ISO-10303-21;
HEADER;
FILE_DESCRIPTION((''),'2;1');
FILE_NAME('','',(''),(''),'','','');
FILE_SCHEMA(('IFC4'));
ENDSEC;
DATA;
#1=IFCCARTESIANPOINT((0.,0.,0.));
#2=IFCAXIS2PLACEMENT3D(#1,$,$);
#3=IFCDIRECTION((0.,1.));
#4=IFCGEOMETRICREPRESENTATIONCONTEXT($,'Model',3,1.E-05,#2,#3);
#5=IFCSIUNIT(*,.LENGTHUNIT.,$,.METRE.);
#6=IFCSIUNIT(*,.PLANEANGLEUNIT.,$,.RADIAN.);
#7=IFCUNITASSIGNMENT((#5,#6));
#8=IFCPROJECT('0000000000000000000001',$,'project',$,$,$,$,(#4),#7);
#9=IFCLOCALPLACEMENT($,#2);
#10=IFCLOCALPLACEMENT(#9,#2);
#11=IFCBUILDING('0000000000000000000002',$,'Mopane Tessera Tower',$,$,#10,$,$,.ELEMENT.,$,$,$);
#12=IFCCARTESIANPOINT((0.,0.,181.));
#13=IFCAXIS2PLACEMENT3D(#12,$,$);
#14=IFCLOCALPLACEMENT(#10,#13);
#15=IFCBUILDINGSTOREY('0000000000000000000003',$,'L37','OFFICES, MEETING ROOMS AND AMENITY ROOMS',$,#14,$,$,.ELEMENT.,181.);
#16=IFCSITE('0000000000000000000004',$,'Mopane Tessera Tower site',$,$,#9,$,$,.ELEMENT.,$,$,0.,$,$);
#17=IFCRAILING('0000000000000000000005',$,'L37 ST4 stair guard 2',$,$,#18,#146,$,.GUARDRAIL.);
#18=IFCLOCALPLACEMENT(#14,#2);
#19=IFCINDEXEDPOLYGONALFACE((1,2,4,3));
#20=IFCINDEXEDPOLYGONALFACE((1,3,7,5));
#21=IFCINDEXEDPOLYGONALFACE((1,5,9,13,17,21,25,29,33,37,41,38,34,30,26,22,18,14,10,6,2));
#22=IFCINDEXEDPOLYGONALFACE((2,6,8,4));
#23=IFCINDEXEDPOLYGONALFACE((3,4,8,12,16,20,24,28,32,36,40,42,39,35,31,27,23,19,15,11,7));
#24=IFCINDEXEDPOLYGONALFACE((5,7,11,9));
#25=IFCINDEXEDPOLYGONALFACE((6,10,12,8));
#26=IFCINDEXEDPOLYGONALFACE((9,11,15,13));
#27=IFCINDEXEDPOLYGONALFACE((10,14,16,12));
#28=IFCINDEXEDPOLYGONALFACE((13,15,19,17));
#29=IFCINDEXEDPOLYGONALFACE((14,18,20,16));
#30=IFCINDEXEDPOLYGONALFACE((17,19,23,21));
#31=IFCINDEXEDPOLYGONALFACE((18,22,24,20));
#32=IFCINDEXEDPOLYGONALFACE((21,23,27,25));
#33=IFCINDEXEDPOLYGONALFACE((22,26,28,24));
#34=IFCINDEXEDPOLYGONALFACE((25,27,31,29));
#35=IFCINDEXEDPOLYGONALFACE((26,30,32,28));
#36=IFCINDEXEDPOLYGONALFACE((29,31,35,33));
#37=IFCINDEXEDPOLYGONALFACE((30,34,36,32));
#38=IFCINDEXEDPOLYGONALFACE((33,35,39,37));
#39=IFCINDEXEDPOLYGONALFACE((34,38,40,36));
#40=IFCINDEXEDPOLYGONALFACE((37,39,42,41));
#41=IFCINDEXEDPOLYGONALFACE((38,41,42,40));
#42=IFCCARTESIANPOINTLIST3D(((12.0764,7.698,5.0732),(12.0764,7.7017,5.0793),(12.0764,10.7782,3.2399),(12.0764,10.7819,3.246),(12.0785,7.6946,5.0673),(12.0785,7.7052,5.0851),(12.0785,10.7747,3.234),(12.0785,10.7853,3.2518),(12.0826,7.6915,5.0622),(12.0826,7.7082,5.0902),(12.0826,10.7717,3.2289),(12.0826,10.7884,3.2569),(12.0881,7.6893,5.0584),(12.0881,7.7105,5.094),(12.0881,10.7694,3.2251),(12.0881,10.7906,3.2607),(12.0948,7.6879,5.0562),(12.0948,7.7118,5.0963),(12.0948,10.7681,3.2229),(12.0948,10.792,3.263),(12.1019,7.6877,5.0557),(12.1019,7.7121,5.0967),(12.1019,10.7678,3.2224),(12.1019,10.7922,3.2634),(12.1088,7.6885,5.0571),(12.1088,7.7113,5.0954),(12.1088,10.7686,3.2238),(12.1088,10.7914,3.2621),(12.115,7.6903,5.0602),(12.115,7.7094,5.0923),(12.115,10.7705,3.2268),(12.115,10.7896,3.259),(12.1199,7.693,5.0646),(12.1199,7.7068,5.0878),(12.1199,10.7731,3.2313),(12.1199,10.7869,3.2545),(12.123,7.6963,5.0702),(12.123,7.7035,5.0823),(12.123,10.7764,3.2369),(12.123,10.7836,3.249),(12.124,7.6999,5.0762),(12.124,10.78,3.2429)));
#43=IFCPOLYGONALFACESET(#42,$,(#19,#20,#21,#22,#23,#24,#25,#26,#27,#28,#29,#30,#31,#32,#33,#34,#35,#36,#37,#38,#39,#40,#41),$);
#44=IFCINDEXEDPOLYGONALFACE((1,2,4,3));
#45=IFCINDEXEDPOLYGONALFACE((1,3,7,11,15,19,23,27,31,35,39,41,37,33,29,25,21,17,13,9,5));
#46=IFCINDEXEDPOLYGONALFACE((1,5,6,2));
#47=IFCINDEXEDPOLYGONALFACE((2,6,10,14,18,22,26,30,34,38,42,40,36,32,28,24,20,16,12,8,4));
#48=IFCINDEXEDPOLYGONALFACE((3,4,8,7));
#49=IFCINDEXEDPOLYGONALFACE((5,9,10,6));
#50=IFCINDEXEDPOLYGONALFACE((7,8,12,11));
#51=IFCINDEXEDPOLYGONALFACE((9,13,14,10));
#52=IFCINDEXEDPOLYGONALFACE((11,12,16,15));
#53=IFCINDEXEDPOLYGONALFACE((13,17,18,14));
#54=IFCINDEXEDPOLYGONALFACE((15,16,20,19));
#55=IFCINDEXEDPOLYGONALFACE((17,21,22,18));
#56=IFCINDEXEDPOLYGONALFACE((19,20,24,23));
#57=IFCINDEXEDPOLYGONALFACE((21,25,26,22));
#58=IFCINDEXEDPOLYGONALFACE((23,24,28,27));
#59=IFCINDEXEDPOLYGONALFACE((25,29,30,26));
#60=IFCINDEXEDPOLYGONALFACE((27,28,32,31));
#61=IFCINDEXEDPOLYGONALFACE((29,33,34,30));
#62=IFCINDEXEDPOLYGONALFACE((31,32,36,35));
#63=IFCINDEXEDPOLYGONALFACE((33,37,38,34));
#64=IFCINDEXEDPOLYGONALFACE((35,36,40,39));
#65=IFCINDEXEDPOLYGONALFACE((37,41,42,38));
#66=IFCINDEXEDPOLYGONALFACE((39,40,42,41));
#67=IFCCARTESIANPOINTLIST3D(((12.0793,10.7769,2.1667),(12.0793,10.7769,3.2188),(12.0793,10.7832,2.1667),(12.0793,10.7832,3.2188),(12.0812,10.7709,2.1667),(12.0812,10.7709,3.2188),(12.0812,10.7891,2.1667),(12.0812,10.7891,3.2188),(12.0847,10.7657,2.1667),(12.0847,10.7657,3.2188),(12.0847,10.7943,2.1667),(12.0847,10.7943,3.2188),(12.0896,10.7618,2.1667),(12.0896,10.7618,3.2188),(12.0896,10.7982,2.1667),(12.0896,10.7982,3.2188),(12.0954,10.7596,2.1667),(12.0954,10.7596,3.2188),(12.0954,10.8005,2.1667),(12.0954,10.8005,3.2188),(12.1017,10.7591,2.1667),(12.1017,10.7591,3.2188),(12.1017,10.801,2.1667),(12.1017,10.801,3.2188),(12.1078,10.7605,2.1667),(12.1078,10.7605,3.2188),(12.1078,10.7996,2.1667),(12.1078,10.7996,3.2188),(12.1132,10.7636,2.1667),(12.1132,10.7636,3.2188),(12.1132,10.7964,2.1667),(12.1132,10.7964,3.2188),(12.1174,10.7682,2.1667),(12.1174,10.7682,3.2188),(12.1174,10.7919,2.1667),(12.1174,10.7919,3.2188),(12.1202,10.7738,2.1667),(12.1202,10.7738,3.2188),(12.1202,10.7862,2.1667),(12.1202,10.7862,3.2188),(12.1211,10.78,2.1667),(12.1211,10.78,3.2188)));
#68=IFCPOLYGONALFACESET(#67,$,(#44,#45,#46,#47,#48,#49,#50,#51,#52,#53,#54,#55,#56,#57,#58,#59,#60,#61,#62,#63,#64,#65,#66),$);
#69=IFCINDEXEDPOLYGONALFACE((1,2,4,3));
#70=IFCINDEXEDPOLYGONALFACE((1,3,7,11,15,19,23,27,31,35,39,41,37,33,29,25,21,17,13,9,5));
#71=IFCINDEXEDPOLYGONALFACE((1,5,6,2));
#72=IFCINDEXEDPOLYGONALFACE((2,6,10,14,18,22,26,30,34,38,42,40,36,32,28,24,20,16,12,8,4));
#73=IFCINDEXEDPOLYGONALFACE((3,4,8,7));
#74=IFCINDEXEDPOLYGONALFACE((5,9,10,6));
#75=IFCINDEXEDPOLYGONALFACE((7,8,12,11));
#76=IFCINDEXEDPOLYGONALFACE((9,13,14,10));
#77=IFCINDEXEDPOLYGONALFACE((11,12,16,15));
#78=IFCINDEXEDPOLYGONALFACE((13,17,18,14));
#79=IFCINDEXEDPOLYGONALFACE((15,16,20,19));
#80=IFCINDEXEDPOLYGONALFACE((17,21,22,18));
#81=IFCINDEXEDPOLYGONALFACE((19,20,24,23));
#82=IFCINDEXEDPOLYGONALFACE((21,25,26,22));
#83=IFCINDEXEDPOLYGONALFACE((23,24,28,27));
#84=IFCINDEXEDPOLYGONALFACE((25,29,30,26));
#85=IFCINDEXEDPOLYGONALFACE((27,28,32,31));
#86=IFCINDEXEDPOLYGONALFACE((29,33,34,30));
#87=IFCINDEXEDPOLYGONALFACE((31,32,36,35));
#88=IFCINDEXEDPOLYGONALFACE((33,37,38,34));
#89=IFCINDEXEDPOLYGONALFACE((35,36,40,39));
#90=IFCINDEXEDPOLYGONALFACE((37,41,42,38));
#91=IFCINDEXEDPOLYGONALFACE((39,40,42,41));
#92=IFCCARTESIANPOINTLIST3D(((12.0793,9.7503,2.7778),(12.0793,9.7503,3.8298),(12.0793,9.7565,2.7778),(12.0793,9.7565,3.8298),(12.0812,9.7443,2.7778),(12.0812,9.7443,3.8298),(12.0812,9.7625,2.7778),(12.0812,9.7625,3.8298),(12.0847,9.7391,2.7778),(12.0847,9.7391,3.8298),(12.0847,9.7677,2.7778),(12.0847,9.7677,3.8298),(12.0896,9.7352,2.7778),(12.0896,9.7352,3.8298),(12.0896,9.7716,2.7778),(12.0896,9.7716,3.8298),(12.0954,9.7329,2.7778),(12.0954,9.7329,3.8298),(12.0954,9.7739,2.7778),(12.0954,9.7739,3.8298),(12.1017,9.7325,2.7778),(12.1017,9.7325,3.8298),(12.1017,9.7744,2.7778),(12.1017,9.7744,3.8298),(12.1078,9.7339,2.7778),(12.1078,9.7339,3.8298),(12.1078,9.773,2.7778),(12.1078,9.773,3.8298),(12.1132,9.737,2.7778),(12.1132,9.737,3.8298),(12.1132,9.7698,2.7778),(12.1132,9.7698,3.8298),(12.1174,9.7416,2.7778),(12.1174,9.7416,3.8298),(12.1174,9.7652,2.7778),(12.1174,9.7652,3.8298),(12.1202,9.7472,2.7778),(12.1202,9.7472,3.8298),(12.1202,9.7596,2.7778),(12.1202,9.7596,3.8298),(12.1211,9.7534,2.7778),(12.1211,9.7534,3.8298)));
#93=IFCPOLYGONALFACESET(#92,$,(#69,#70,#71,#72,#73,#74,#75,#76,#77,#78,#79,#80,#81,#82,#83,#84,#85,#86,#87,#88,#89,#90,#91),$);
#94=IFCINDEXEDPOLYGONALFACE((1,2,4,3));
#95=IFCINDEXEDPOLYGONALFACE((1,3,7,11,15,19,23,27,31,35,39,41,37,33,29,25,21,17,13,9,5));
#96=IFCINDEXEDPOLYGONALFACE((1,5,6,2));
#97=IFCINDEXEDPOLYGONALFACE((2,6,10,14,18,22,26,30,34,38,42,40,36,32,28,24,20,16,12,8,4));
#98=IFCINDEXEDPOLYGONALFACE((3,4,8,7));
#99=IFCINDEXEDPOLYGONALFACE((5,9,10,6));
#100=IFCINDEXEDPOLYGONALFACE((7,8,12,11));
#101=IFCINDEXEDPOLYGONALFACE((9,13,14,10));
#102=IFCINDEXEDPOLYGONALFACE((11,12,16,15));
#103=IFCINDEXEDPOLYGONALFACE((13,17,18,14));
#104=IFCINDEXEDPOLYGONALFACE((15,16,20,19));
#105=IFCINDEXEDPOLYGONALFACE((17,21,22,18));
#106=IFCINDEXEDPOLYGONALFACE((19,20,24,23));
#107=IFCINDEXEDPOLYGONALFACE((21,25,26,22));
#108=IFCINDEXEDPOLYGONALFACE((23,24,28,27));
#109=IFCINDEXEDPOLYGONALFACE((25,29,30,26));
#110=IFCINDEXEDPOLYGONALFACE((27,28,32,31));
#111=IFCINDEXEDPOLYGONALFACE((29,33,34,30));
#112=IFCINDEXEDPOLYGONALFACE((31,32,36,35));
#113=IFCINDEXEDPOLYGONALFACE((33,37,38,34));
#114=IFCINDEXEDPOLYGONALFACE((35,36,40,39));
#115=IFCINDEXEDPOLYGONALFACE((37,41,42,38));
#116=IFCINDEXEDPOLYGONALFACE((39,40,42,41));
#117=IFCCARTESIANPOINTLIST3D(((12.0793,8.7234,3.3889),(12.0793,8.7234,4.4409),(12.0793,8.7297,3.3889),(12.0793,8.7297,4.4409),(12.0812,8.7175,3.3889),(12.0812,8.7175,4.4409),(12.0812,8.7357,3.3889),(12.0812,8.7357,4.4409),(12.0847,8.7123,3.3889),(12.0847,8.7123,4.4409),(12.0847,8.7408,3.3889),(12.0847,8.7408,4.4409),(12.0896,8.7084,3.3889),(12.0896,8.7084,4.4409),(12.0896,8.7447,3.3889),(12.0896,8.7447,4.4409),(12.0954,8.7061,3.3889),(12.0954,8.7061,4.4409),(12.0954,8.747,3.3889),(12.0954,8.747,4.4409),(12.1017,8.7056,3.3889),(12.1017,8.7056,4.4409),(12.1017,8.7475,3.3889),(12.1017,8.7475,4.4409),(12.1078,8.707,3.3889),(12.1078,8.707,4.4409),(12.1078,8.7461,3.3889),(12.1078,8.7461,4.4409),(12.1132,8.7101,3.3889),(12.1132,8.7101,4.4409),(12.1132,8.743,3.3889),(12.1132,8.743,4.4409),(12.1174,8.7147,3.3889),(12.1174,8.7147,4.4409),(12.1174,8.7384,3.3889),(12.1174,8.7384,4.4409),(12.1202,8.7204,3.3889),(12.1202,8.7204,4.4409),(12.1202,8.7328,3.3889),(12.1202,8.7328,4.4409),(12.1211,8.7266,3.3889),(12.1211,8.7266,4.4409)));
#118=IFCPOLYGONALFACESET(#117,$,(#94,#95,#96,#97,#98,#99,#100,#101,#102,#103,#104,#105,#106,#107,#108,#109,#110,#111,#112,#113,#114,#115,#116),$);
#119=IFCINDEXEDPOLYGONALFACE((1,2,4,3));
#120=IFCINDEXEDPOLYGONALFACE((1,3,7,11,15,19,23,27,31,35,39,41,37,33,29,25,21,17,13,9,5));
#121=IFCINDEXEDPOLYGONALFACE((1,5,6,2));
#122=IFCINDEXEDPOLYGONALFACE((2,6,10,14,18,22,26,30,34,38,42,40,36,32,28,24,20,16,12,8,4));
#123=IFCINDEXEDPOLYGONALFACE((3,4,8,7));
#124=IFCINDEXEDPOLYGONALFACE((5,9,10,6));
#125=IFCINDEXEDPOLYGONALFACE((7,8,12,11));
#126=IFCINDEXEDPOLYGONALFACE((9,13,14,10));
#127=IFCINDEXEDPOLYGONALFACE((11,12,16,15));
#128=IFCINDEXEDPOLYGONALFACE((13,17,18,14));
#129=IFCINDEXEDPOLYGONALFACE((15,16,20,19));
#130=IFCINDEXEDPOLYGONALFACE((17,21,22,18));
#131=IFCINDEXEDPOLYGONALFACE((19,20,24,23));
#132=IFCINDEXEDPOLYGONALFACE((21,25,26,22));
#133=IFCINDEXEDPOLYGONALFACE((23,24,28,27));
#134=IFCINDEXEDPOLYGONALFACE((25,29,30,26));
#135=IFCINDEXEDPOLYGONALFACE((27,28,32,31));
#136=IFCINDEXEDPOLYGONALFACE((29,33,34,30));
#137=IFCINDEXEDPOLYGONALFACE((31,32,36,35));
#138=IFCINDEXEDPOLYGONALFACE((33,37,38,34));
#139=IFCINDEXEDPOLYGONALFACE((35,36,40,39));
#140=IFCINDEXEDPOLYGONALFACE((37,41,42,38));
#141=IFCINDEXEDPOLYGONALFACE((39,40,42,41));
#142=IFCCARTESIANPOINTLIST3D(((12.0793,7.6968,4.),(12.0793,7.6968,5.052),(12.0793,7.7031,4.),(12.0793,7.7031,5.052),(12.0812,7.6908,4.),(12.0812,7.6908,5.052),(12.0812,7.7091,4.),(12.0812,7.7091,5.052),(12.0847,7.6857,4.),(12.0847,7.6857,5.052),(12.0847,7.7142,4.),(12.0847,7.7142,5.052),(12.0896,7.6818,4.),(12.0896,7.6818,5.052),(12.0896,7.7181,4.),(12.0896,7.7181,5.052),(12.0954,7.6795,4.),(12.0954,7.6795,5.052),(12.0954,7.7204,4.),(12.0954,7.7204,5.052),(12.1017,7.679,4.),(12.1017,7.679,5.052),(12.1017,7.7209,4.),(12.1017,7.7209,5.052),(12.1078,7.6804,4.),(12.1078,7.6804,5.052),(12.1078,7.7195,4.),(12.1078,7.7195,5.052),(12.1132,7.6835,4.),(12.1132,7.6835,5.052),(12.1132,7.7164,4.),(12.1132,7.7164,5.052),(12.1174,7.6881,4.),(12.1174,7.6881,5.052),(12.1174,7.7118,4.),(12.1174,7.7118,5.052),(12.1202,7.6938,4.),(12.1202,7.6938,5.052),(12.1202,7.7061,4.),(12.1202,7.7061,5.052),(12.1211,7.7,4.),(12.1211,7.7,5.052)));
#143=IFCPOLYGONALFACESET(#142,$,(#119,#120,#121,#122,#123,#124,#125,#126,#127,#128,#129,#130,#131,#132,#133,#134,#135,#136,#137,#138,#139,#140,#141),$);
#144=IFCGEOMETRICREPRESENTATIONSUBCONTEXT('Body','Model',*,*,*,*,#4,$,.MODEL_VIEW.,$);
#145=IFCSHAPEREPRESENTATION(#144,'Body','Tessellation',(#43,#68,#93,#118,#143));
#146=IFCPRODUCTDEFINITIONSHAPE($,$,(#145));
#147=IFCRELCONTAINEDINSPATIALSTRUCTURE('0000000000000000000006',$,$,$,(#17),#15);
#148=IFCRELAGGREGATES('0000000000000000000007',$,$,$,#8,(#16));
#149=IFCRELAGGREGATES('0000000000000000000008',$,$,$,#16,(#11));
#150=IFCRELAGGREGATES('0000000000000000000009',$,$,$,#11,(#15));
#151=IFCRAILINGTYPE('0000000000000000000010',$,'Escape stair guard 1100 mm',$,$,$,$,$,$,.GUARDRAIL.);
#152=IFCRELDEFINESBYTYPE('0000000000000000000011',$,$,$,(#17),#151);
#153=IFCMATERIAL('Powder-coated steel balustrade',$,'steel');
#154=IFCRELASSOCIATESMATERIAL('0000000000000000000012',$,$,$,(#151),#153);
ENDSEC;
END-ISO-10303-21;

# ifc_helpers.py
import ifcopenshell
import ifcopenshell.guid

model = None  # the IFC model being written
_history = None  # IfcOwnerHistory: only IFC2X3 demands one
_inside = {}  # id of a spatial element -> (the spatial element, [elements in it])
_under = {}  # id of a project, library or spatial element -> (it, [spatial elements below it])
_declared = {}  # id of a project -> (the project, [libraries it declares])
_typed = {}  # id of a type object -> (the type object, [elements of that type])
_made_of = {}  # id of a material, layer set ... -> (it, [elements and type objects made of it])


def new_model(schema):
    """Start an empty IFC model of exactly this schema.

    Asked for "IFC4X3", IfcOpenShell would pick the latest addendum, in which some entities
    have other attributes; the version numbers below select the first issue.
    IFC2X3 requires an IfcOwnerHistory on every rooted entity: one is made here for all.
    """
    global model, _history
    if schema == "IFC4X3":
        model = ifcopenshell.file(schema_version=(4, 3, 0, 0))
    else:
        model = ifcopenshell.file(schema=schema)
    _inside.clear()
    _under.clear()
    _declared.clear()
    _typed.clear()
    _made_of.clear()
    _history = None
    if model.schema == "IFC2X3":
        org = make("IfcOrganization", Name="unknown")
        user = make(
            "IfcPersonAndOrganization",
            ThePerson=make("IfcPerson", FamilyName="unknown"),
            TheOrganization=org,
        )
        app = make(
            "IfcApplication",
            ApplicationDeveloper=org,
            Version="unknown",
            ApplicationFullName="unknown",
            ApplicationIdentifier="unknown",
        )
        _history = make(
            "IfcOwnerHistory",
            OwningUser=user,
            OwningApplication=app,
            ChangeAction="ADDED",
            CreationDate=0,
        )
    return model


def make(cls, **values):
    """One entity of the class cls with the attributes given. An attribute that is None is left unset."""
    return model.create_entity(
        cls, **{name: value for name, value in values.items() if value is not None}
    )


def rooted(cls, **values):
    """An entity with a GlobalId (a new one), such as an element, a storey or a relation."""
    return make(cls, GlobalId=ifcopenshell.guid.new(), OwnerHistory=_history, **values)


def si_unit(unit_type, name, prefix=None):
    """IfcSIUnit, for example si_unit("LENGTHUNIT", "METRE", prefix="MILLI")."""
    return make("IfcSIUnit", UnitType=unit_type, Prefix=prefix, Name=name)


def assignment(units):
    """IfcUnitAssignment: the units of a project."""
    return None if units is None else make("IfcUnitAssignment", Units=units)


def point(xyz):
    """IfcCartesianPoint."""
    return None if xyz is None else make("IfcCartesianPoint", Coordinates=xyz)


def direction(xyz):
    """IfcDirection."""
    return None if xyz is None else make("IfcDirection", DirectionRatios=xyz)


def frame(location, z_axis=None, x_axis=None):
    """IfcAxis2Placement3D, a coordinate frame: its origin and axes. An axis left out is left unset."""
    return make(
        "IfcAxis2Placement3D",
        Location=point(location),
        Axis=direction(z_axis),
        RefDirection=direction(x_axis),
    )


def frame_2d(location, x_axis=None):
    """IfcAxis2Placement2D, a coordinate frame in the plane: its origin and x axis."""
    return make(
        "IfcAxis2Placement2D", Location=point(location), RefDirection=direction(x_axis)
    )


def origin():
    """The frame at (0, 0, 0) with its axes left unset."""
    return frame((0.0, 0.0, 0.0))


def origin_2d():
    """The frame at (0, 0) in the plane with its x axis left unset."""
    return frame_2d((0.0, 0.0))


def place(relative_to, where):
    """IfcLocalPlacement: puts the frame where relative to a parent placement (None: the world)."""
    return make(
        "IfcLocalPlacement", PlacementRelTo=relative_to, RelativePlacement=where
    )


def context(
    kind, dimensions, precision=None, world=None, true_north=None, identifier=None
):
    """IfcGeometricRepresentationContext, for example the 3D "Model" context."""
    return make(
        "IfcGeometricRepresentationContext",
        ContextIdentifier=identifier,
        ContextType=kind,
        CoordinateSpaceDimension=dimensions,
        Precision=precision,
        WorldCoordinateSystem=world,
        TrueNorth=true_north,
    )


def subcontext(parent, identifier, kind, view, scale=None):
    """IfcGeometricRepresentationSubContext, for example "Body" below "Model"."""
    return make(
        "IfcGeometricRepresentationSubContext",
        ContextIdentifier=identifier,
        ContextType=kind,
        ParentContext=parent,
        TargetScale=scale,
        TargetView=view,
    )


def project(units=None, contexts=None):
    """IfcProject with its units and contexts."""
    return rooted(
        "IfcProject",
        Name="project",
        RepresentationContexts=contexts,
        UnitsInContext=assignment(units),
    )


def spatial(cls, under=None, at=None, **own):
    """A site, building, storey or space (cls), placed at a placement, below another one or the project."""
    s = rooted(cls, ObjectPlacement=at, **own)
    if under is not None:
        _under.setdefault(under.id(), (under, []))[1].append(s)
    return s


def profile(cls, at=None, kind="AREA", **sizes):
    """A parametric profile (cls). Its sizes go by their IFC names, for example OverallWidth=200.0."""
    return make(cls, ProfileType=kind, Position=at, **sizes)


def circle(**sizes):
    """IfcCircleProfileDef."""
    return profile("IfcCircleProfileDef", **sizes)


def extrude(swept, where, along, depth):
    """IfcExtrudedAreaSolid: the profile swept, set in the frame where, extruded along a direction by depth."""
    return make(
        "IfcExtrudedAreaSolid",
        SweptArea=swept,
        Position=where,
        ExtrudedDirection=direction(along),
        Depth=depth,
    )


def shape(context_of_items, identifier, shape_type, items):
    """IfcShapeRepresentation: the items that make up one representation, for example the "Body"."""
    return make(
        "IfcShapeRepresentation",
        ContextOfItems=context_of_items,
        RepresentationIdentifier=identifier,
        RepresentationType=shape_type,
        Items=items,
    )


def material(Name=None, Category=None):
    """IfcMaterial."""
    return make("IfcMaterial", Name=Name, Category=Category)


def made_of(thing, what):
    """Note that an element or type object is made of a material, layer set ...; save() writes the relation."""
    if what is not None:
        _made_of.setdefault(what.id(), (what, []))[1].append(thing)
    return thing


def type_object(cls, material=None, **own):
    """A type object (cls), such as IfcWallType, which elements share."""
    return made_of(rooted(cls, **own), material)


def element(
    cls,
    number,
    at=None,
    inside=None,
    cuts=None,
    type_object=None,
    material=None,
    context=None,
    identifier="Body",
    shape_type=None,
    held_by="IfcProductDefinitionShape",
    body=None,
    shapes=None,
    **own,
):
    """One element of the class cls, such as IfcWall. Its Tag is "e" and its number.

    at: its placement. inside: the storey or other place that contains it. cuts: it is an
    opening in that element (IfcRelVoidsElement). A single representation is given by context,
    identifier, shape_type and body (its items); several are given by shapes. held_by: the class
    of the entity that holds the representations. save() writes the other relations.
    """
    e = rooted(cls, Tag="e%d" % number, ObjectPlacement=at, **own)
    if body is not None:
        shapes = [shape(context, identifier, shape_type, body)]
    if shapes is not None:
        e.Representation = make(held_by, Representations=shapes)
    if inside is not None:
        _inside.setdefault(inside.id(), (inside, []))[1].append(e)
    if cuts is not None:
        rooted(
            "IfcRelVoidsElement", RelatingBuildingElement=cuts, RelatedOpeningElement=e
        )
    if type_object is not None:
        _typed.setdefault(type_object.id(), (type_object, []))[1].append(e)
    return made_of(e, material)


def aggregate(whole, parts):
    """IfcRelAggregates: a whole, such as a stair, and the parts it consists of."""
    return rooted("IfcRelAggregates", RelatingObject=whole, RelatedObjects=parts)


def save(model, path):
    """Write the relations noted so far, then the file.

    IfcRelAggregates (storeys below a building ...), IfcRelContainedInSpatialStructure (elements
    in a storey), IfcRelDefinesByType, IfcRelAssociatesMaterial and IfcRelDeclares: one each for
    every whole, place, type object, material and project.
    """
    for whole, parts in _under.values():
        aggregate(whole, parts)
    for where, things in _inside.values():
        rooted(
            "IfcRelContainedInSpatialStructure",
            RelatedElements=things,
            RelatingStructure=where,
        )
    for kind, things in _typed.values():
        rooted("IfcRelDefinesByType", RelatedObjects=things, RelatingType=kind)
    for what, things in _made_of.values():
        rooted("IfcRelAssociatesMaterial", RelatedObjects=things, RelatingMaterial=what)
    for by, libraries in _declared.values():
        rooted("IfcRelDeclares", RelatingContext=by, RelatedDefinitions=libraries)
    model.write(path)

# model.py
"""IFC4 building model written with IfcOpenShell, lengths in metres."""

from ifc_helpers import new_model, si_unit, direction, frame, origin, origin_2d, place, context, subcontext, project, spatial, circle, extrude, material, type_object, element, save


model = new_model("IFC4")

# Units and contexts
model_context = context("Model", 3, precision=1e-05, world=origin(), true_north=direction((0.0, 1.0)))
body_context = subcontext(model_context, "Body", "Model", "MODEL_VIEW")
ifc_project = project(units=[si_unit("LENGTHUNIT", "METRE"), si_unit("PLANEANGLEUNIT", "RADIAN")], contexts=[model_context])

# Site, building, storey
site_placement = place(None, origin())
site = spatial("IfcSite", under=ifc_project, at=site_placement, Name="Mopane Tessera Tower site", CompositionType="ELEMENT", RefElevation=0.0)
building_placement = place(site_placement, origin())
building = spatial("IfcBuilding", under=site, at=building_placement, Name="Mopane Tessera Tower", CompositionType="ELEMENT")
storey_placement = place(building_placement, frame((0.0, 0.0, 181.0)))
storey = spatial("IfcBuildingStorey", under=building, at=storey_placement, Name="L37", Description="OFFICES, MEETING ROOMS AND AMENITY ROOMS", CompositionType="ELEMENT", Elevation=181.0)

# Railing
ifc_material_1 = material(Name="Powder-coated steel balustrade", Category="steel")
railing_type_1 = type_object("IfcRailingType", Name="Escape stair guard 1100 mm", PredefinedType="GUARDRAIL", material=ifc_material_1)
railing_1_placement = place(storey_placement, frame((12.1001, 10.78, 2.1667)))
element("IfcRailing", 1, at=railing_1_placement, inside=storey, type_object=railing_type_1, Name="L37 ST4 stair guard 2", PredefinedType="GUARDRAIL", context=body_context, shape_type="SweptSolid", body=[
    extrude(circle(Radius=0.0239, at=origin_2d()), frame((0.0, 0.0, 1.0762), z_axis=(0.0, -0.859309, 0.511458), x_axis=(1.0, 0.0, 0.0)), (0.0, 0.0, 1.0), 3.5845),
    extrude(circle(Radius=0.021, at=origin_2d()), origin(), (0.0, 0.0, 1.0), 1.052),
    extrude(circle(Radius=0.021, at=origin_2d()), frame((0.0, -1.0266, 0.6111)), (0.0, 0.0, 1.0), 1.052),
    extrude(circle(Radius=0.021, at=origin_2d()), frame((0.0, -2.0535, 1.2222)), (0.0, 0.0, 1.0), 1.052),
    extrude(circle(Radius=0.021, at=origin_2d()), frame((0.0, -3.0801, 1.8333)), (0.0, 0.0, 1.0), 1.052),
])

save(model, "model.ifc")
